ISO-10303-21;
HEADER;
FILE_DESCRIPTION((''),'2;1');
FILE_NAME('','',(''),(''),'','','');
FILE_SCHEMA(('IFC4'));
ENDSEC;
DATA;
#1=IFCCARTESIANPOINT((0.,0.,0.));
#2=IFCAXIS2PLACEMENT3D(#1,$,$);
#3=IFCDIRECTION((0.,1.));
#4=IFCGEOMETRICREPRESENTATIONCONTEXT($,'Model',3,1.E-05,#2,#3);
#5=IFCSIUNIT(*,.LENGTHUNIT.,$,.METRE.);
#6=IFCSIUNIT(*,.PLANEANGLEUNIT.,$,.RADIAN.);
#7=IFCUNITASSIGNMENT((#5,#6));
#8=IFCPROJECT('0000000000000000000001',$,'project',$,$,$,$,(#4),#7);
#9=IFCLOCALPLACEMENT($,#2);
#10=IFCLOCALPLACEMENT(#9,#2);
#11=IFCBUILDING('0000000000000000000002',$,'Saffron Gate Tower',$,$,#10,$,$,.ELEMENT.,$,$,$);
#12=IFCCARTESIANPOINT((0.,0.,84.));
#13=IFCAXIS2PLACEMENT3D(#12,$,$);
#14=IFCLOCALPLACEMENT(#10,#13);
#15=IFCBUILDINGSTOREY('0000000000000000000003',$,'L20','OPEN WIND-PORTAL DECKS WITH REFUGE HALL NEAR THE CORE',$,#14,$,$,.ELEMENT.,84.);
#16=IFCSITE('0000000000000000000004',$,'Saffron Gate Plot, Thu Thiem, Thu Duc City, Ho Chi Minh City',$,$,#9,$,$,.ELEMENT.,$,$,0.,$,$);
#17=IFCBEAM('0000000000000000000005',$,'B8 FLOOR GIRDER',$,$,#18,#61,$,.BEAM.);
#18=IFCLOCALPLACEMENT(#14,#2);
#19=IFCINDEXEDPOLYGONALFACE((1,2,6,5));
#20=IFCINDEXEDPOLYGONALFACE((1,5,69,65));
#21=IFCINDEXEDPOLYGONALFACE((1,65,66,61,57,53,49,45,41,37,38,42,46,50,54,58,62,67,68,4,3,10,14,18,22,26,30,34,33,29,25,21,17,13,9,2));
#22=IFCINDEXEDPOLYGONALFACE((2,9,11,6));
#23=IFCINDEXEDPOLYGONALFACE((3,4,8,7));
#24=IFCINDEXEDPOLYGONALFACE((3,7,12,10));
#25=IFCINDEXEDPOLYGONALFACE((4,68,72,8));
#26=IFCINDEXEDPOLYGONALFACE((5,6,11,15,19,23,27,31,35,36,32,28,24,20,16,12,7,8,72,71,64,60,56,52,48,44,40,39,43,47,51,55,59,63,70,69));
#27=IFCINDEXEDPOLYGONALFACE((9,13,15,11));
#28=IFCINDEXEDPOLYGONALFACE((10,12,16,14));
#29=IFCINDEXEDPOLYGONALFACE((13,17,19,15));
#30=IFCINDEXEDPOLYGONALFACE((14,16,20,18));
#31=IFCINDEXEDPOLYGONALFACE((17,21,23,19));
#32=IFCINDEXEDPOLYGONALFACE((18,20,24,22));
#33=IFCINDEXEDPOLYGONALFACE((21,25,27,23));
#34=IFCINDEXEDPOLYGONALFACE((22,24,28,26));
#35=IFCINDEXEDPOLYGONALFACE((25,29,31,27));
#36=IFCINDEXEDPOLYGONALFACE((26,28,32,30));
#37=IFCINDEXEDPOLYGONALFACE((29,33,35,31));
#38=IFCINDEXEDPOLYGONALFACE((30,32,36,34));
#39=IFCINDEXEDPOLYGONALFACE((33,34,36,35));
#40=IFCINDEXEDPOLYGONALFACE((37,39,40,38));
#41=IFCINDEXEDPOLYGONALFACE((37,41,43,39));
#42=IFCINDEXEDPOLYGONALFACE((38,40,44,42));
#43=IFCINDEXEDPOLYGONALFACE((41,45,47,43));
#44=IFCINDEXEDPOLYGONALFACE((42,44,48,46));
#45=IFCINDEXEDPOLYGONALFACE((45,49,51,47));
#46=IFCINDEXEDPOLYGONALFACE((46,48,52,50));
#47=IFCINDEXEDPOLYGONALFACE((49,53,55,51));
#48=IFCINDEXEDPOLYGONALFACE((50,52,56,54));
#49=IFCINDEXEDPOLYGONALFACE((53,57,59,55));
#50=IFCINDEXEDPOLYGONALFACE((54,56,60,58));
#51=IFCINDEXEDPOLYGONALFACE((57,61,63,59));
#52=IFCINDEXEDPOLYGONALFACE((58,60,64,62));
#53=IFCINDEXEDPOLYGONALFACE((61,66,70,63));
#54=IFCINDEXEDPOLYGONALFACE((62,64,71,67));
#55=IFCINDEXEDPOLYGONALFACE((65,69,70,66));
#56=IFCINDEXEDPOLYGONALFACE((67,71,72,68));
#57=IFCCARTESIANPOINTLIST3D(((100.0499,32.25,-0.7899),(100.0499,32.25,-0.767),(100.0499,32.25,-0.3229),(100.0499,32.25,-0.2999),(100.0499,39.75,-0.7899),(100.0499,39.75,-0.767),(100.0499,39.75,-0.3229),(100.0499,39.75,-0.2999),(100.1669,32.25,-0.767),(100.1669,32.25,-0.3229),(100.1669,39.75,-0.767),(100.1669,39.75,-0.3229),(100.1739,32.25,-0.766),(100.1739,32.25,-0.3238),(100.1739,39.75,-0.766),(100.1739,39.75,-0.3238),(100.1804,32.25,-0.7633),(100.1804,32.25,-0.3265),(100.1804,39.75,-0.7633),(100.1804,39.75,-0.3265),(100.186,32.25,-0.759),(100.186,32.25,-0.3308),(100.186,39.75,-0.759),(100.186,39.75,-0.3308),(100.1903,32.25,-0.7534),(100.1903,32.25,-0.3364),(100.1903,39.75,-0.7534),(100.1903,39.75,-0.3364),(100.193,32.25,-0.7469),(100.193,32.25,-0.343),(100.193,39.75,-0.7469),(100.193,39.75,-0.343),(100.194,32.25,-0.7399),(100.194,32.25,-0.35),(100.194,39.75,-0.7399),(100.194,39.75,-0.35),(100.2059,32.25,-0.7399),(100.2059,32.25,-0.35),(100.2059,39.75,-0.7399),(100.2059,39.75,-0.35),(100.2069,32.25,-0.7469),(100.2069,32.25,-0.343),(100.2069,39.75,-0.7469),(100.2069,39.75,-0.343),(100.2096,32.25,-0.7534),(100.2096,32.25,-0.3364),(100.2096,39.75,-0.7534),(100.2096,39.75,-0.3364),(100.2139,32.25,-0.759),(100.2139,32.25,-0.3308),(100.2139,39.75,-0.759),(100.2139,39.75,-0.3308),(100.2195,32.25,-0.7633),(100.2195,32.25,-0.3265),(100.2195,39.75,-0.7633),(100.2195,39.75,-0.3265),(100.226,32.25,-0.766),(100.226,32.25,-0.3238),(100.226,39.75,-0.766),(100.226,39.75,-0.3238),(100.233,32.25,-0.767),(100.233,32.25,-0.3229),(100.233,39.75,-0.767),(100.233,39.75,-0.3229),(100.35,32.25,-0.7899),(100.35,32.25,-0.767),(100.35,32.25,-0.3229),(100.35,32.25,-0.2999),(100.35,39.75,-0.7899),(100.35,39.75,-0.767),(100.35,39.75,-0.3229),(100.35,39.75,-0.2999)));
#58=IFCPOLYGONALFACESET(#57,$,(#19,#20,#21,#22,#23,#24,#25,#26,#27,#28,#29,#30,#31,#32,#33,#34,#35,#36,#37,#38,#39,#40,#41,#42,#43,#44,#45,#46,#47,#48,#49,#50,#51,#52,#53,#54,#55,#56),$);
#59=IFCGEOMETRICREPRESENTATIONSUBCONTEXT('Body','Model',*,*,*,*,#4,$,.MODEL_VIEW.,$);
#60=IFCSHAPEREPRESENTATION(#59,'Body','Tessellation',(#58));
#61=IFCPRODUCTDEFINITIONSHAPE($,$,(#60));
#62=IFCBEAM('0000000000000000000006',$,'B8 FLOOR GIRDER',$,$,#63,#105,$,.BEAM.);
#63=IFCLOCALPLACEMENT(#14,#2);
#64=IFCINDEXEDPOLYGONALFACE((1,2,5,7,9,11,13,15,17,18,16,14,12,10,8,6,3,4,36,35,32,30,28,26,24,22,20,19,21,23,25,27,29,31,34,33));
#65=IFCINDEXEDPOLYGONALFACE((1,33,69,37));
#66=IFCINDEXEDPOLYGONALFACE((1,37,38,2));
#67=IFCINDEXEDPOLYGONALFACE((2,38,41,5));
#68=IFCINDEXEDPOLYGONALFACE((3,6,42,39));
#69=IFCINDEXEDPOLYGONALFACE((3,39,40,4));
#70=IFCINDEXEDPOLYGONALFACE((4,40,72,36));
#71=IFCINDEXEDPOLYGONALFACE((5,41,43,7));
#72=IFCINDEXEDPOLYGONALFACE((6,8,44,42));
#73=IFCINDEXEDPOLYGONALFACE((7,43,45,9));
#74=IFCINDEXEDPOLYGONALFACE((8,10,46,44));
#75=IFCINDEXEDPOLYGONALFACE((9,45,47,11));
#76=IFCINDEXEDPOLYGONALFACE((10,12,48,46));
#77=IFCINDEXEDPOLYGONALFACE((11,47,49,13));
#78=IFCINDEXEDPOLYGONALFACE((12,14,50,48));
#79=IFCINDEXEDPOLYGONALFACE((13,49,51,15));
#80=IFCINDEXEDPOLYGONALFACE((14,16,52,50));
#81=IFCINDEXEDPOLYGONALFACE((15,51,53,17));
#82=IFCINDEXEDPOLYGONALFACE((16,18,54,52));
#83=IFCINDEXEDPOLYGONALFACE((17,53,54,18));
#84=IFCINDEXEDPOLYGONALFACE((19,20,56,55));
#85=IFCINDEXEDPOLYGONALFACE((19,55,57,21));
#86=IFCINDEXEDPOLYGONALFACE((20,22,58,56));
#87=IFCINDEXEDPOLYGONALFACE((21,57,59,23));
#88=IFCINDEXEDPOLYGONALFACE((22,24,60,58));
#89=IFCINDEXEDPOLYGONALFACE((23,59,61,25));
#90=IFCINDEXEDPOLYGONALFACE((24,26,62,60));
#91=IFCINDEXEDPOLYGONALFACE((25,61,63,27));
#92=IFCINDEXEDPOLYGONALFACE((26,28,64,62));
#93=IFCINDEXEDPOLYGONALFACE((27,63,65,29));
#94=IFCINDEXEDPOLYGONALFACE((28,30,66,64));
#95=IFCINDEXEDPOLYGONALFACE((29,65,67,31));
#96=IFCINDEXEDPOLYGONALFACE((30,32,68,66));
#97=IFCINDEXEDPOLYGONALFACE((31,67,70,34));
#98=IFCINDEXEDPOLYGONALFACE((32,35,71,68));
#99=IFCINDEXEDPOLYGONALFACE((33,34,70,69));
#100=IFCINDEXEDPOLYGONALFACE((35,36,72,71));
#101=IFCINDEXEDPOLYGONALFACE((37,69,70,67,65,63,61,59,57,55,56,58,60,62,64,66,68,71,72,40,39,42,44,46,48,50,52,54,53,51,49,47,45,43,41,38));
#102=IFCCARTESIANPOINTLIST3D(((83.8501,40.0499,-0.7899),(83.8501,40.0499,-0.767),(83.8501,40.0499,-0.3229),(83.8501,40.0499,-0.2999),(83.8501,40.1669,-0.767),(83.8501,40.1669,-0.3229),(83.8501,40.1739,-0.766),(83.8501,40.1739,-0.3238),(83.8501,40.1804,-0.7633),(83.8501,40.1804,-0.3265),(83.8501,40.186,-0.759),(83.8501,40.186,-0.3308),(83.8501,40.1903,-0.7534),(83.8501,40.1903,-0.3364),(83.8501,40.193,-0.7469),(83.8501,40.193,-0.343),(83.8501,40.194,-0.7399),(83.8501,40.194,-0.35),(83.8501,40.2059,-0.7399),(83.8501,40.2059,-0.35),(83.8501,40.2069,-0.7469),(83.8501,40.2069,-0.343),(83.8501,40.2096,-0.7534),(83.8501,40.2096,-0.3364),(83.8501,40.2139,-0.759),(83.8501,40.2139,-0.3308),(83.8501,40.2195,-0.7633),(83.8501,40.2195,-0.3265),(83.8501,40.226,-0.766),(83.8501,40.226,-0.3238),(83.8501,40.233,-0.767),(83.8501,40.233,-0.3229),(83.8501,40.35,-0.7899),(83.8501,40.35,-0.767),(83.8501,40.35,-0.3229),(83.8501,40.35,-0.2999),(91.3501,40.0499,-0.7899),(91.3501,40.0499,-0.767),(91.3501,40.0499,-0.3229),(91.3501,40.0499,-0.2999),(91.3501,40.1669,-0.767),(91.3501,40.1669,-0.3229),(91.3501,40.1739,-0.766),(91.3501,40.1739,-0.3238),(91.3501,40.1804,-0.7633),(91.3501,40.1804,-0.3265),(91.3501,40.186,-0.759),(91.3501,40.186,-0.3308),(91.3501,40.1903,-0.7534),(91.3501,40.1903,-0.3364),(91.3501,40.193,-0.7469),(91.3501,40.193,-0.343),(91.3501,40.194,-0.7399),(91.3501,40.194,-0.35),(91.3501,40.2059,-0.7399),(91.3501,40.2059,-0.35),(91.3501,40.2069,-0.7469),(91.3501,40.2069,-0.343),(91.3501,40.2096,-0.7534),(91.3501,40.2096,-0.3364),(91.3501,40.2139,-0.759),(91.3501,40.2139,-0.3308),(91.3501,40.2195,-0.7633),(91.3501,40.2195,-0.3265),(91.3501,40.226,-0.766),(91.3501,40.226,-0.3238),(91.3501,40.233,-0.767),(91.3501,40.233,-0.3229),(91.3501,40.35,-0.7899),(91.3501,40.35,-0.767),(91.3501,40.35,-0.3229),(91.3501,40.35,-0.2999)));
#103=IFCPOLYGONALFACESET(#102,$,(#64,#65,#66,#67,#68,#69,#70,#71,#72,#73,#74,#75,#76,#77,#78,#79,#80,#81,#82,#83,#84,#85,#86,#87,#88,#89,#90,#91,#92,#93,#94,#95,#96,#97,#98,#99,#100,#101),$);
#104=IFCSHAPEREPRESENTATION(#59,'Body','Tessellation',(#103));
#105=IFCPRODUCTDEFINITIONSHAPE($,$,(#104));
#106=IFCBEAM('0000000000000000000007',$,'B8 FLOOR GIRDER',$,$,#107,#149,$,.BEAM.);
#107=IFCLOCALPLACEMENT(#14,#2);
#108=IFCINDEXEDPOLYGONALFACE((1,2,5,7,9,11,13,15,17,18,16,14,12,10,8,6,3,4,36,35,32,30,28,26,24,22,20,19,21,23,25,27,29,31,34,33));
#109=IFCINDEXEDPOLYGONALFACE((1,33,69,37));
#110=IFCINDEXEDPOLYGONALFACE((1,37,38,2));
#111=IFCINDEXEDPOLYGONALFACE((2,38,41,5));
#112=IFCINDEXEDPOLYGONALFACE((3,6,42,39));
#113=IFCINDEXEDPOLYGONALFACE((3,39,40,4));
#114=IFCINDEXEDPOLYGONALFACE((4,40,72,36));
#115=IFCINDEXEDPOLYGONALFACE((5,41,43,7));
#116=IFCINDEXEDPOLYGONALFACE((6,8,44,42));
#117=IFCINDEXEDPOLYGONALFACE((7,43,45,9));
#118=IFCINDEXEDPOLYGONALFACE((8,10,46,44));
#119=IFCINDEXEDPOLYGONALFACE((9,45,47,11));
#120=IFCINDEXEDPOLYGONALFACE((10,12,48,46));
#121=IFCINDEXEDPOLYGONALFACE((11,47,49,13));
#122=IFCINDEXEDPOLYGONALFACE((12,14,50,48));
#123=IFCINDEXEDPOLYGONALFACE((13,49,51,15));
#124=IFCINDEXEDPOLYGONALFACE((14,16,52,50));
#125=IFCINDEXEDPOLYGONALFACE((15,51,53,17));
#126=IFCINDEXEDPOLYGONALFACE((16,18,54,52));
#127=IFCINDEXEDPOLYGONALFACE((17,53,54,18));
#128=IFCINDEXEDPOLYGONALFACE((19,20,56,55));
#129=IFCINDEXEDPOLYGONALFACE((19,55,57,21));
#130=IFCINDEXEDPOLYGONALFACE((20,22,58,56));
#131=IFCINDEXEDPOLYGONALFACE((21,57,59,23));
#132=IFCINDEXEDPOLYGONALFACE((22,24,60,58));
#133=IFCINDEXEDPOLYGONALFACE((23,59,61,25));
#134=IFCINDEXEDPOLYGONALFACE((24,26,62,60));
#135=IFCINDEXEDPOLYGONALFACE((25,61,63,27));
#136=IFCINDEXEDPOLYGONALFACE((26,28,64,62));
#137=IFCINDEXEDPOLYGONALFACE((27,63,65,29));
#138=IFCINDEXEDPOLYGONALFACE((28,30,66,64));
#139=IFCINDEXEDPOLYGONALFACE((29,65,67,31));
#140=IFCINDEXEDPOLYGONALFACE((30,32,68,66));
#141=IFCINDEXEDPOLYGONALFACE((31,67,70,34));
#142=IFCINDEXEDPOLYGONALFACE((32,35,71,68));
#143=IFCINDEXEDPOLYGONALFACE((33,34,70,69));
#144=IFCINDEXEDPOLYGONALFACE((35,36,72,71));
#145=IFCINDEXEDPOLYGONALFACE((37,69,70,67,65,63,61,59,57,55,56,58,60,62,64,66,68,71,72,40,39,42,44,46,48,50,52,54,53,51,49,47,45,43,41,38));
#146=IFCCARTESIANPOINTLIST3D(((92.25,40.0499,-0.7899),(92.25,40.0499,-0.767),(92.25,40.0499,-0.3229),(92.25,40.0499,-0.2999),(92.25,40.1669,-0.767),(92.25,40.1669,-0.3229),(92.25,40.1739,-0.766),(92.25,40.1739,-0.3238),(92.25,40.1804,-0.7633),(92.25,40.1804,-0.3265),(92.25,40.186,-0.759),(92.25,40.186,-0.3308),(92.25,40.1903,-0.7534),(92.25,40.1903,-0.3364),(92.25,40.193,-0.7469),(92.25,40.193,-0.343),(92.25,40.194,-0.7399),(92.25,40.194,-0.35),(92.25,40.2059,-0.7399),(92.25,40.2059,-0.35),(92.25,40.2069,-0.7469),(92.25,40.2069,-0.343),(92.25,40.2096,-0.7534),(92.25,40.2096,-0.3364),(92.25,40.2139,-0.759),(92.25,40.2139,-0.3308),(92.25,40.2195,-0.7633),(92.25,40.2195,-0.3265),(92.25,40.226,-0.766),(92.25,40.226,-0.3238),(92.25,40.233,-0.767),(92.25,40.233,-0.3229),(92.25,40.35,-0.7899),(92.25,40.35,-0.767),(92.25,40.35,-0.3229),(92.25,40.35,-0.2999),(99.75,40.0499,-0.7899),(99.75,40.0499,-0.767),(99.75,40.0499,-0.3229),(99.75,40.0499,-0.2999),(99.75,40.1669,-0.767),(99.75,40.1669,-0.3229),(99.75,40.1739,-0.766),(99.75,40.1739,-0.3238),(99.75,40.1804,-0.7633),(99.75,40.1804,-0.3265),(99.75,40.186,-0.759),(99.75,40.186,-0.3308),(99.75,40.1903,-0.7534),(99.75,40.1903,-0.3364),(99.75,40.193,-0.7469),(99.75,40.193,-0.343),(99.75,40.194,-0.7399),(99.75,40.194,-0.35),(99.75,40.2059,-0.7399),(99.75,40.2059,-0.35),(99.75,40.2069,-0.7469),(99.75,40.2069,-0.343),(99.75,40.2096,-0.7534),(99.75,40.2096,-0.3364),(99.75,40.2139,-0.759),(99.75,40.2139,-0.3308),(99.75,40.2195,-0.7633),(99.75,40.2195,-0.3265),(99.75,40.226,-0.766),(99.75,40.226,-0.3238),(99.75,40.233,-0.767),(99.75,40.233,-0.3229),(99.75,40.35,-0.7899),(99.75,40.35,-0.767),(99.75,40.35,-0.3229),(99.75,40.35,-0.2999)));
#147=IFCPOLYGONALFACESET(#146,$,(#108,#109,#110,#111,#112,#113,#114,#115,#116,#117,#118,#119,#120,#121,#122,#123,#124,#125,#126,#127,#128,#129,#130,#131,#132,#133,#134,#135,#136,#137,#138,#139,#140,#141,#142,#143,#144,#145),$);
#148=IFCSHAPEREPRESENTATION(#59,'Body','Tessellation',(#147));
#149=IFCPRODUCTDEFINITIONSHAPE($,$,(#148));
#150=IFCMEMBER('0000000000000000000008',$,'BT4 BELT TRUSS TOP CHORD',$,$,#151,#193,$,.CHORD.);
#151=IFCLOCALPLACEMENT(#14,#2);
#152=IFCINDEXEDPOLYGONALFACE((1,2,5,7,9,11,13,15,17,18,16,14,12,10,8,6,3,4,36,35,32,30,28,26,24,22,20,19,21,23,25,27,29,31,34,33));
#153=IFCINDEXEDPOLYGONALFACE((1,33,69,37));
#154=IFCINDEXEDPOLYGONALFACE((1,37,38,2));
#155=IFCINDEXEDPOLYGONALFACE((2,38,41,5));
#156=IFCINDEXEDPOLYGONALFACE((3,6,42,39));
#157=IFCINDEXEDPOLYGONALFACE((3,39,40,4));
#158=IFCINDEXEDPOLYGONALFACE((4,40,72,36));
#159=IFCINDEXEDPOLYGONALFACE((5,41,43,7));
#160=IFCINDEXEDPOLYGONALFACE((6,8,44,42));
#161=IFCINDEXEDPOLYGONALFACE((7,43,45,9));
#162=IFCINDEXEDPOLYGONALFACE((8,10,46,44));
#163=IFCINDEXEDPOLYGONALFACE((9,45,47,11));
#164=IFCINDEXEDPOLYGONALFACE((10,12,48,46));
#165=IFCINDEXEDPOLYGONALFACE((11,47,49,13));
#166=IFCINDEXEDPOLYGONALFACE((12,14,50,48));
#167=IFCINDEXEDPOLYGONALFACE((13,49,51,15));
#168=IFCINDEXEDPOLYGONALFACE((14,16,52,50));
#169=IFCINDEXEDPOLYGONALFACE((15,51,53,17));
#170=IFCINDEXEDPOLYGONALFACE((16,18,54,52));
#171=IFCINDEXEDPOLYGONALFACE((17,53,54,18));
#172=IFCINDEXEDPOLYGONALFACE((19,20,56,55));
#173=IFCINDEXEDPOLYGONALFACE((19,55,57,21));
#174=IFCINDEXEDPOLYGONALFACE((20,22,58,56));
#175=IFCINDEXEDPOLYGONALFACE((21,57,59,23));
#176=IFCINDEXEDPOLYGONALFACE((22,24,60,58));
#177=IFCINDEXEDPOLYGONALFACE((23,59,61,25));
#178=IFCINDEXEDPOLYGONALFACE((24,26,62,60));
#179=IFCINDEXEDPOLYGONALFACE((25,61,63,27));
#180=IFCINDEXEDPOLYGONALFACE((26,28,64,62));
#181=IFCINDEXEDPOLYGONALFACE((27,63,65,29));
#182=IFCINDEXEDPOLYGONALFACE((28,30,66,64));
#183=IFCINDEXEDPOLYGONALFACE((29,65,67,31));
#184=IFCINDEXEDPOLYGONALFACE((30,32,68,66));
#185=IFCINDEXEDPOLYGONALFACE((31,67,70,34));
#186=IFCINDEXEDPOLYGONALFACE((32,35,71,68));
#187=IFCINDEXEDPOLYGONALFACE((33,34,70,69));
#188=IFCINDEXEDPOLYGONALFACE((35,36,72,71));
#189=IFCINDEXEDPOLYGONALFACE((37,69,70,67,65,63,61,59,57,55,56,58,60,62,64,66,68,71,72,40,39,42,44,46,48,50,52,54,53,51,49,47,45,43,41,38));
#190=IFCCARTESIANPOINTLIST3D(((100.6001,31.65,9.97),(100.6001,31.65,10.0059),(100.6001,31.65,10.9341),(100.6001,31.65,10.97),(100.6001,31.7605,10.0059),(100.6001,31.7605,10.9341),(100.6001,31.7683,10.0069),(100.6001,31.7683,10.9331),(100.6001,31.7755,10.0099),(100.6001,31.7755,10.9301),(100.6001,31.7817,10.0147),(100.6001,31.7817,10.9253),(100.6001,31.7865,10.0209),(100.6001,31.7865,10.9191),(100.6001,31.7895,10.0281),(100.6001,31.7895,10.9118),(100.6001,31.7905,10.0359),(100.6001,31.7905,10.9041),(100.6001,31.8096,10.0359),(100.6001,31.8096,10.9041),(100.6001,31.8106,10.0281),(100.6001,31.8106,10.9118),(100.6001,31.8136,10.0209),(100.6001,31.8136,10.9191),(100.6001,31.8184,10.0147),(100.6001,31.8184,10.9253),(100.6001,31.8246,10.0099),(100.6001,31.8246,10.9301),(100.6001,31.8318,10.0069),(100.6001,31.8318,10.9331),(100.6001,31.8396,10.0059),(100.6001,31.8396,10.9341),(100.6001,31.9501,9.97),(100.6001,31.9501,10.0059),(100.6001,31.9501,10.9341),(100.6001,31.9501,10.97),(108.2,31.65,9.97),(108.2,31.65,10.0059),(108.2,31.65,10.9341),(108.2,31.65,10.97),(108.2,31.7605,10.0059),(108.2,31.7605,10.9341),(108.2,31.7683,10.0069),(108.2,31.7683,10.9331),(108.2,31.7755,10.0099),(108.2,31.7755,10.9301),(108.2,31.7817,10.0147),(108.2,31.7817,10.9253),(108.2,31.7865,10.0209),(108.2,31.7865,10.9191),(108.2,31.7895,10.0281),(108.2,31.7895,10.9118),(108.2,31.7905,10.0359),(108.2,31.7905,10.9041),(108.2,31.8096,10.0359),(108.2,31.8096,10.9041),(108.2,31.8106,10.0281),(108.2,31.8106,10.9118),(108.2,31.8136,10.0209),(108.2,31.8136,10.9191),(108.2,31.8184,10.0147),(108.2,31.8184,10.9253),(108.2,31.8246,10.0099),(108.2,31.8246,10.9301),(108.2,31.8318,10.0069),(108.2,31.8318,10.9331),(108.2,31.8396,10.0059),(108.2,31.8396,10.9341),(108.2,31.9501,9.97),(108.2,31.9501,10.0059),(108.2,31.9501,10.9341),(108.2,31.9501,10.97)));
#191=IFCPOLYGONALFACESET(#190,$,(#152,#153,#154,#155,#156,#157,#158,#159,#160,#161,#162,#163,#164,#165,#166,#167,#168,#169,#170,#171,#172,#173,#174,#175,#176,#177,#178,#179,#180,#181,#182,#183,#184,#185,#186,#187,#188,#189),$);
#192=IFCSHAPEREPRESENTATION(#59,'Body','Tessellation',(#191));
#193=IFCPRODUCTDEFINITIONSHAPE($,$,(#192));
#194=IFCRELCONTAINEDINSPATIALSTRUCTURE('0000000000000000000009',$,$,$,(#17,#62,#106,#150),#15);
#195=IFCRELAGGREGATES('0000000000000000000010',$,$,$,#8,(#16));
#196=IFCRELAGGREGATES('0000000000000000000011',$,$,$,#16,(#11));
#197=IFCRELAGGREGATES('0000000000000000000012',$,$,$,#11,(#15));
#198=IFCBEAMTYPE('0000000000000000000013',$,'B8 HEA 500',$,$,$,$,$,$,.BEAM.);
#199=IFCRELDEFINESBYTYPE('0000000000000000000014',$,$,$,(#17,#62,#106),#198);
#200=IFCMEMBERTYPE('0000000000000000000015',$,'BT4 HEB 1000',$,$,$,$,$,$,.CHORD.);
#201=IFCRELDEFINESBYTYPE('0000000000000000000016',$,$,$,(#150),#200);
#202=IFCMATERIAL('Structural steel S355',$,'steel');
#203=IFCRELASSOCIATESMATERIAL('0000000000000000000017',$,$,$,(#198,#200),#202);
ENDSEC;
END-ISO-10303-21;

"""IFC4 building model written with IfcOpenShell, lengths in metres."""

from ifc_helpers import new_model, si_unit, direction, frame, origin, origin_2d, place, context, subcontext, project, spatial, i_section, extrude, material, material_profile, profile_set, type_object, element, save


model = new_model("IFC4")

# Units and contexts
model_context = context("Model", 3, precision=1e-05, world=origin(), true_north=direction((0.0, 1.0)))
body_context = subcontext(model_context, "Body", "Model", "MODEL_VIEW")
ifc_project = project(units=[si_unit("LENGTHUNIT", "METRE"), si_unit("PLANEANGLEUNIT", "RADIAN")], contexts=[model_context])

# Site, building, storey
site_placement = place(None, origin())
site = spatial("IfcSite", under=ifc_project, at=site_placement, Name="Saffron Gate Plot, Thu Thiem, Thu Duc City, Ho Chi Minh City", CompositionType="ELEMENT", RefElevation=0.0)
building_placement = place(site_placement, origin())
building = spatial("IfcBuilding", under=site, at=building_placement, Name="Saffron Gate Tower", CompositionType="ELEMENT")
storey_placement = place(building_placement, frame((0.0, 0.0, 84.0)))
storey = spatial("IfcBuildingStorey", under=building, at=storey_placement, Name="L20", Description="OPEN WIND-PORTAL DECKS WITH REFUGE HALL NEAR THE CORE", CompositionType="ELEMENT", Elevation=84.0)

# Beams
ifc_material_1 = material(Name="Structural steel S355", Category="steel")
ifc_material_profile_1 = material_profile(ifc_material_1, i_section(OverallWidth=0.3, OverallDepth=0.49, WebThickness=0.012, FlangeThickness=0.0229, FilletRadius=0.0271, at=origin_2d()))
ifc_profile_set_1 = profile_set([ifc_material_profile_1], Name="Structural steel S355")
beam_type_1 = type_object("IfcBeamType", Name="B8 HEA 500", PredefinedType="BEAM", material=ifc_profile_set_1)
for number, where, z_axis, x_axis, name in (
    (1, (100.2, 32.25, -0.5449), (0.0, 1.0, 0.0), (-1.0, 0.0, 0.0), "B8 FLOOR GIRDER"),
    (2, (83.8501, 40.2, -0.5449), (1.0, 0.0, 0.0), (0.0, 1.0, 0.0), "B8 FLOOR GIRDER"),
    (3, (92.25, 40.2, -0.5449), (1.0, 0.0, 0.0), (0.0, 1.0, 0.0), "B8 FLOOR GIRDER"),
):
    element("IfcBeam", number, at=place(storey_placement, frame(where, z_axis=z_axis, x_axis=x_axis)), inside=storey, type_object=beam_type_1, Name=name, PredefinedType="BEAM", context=body_context, shape_type="SweptSolid", body=[
        extrude(i_section(OverallWidth=0.3, OverallDepth=0.49, WebThickness=0.012, FlangeThickness=0.0229, FilletRadius=0.0271, at=origin_2d()), origin(), (0.0, 0.0, 1.0), 7.5),
    ])

# Member
ifc_material_profile_2 = material_profile(ifc_material_1, i_section(OverallWidth=0.3, OverallDepth=1.0, WebThickness=0.019, FlangeThickness=0.0359, FilletRadius=0.03, at=origin_2d()))
ifc_profile_set_2 = profile_set([ifc_material_profile_2], Name="Structural steel S355")
member_type_1 = type_object("IfcMemberType", Name="BT4 HEB 1000", PredefinedType="CHORD", material=ifc_profile_set_2)
for number, where, z_axis, x_axis, name in (
    (4, (100.6001, 31.8, 10.47), (1.0, 0.0, 0.0), (0.0, 1.0, 0.0), "BT4 BELT TRUSS TOP CHORD"),
):
    element("IfcMember", number, at=place(storey_placement, frame(where, z_axis=z_axis, x_axis=x_axis)), inside=storey, type_object=member_type_1, Name=name, PredefinedType="CHORD", context=body_context, shape_type="SweptSolid", body=[
        extrude(i_section(OverallWidth=0.3, OverallDepth=1.0, WebThickness=0.019, FlangeThickness=0.0359, FilletRadius=0.03, at=origin_2d()), origin(), (0.0, 0.0, 1.0), 7.5999),
    ])

save(model, "model.ifc")
